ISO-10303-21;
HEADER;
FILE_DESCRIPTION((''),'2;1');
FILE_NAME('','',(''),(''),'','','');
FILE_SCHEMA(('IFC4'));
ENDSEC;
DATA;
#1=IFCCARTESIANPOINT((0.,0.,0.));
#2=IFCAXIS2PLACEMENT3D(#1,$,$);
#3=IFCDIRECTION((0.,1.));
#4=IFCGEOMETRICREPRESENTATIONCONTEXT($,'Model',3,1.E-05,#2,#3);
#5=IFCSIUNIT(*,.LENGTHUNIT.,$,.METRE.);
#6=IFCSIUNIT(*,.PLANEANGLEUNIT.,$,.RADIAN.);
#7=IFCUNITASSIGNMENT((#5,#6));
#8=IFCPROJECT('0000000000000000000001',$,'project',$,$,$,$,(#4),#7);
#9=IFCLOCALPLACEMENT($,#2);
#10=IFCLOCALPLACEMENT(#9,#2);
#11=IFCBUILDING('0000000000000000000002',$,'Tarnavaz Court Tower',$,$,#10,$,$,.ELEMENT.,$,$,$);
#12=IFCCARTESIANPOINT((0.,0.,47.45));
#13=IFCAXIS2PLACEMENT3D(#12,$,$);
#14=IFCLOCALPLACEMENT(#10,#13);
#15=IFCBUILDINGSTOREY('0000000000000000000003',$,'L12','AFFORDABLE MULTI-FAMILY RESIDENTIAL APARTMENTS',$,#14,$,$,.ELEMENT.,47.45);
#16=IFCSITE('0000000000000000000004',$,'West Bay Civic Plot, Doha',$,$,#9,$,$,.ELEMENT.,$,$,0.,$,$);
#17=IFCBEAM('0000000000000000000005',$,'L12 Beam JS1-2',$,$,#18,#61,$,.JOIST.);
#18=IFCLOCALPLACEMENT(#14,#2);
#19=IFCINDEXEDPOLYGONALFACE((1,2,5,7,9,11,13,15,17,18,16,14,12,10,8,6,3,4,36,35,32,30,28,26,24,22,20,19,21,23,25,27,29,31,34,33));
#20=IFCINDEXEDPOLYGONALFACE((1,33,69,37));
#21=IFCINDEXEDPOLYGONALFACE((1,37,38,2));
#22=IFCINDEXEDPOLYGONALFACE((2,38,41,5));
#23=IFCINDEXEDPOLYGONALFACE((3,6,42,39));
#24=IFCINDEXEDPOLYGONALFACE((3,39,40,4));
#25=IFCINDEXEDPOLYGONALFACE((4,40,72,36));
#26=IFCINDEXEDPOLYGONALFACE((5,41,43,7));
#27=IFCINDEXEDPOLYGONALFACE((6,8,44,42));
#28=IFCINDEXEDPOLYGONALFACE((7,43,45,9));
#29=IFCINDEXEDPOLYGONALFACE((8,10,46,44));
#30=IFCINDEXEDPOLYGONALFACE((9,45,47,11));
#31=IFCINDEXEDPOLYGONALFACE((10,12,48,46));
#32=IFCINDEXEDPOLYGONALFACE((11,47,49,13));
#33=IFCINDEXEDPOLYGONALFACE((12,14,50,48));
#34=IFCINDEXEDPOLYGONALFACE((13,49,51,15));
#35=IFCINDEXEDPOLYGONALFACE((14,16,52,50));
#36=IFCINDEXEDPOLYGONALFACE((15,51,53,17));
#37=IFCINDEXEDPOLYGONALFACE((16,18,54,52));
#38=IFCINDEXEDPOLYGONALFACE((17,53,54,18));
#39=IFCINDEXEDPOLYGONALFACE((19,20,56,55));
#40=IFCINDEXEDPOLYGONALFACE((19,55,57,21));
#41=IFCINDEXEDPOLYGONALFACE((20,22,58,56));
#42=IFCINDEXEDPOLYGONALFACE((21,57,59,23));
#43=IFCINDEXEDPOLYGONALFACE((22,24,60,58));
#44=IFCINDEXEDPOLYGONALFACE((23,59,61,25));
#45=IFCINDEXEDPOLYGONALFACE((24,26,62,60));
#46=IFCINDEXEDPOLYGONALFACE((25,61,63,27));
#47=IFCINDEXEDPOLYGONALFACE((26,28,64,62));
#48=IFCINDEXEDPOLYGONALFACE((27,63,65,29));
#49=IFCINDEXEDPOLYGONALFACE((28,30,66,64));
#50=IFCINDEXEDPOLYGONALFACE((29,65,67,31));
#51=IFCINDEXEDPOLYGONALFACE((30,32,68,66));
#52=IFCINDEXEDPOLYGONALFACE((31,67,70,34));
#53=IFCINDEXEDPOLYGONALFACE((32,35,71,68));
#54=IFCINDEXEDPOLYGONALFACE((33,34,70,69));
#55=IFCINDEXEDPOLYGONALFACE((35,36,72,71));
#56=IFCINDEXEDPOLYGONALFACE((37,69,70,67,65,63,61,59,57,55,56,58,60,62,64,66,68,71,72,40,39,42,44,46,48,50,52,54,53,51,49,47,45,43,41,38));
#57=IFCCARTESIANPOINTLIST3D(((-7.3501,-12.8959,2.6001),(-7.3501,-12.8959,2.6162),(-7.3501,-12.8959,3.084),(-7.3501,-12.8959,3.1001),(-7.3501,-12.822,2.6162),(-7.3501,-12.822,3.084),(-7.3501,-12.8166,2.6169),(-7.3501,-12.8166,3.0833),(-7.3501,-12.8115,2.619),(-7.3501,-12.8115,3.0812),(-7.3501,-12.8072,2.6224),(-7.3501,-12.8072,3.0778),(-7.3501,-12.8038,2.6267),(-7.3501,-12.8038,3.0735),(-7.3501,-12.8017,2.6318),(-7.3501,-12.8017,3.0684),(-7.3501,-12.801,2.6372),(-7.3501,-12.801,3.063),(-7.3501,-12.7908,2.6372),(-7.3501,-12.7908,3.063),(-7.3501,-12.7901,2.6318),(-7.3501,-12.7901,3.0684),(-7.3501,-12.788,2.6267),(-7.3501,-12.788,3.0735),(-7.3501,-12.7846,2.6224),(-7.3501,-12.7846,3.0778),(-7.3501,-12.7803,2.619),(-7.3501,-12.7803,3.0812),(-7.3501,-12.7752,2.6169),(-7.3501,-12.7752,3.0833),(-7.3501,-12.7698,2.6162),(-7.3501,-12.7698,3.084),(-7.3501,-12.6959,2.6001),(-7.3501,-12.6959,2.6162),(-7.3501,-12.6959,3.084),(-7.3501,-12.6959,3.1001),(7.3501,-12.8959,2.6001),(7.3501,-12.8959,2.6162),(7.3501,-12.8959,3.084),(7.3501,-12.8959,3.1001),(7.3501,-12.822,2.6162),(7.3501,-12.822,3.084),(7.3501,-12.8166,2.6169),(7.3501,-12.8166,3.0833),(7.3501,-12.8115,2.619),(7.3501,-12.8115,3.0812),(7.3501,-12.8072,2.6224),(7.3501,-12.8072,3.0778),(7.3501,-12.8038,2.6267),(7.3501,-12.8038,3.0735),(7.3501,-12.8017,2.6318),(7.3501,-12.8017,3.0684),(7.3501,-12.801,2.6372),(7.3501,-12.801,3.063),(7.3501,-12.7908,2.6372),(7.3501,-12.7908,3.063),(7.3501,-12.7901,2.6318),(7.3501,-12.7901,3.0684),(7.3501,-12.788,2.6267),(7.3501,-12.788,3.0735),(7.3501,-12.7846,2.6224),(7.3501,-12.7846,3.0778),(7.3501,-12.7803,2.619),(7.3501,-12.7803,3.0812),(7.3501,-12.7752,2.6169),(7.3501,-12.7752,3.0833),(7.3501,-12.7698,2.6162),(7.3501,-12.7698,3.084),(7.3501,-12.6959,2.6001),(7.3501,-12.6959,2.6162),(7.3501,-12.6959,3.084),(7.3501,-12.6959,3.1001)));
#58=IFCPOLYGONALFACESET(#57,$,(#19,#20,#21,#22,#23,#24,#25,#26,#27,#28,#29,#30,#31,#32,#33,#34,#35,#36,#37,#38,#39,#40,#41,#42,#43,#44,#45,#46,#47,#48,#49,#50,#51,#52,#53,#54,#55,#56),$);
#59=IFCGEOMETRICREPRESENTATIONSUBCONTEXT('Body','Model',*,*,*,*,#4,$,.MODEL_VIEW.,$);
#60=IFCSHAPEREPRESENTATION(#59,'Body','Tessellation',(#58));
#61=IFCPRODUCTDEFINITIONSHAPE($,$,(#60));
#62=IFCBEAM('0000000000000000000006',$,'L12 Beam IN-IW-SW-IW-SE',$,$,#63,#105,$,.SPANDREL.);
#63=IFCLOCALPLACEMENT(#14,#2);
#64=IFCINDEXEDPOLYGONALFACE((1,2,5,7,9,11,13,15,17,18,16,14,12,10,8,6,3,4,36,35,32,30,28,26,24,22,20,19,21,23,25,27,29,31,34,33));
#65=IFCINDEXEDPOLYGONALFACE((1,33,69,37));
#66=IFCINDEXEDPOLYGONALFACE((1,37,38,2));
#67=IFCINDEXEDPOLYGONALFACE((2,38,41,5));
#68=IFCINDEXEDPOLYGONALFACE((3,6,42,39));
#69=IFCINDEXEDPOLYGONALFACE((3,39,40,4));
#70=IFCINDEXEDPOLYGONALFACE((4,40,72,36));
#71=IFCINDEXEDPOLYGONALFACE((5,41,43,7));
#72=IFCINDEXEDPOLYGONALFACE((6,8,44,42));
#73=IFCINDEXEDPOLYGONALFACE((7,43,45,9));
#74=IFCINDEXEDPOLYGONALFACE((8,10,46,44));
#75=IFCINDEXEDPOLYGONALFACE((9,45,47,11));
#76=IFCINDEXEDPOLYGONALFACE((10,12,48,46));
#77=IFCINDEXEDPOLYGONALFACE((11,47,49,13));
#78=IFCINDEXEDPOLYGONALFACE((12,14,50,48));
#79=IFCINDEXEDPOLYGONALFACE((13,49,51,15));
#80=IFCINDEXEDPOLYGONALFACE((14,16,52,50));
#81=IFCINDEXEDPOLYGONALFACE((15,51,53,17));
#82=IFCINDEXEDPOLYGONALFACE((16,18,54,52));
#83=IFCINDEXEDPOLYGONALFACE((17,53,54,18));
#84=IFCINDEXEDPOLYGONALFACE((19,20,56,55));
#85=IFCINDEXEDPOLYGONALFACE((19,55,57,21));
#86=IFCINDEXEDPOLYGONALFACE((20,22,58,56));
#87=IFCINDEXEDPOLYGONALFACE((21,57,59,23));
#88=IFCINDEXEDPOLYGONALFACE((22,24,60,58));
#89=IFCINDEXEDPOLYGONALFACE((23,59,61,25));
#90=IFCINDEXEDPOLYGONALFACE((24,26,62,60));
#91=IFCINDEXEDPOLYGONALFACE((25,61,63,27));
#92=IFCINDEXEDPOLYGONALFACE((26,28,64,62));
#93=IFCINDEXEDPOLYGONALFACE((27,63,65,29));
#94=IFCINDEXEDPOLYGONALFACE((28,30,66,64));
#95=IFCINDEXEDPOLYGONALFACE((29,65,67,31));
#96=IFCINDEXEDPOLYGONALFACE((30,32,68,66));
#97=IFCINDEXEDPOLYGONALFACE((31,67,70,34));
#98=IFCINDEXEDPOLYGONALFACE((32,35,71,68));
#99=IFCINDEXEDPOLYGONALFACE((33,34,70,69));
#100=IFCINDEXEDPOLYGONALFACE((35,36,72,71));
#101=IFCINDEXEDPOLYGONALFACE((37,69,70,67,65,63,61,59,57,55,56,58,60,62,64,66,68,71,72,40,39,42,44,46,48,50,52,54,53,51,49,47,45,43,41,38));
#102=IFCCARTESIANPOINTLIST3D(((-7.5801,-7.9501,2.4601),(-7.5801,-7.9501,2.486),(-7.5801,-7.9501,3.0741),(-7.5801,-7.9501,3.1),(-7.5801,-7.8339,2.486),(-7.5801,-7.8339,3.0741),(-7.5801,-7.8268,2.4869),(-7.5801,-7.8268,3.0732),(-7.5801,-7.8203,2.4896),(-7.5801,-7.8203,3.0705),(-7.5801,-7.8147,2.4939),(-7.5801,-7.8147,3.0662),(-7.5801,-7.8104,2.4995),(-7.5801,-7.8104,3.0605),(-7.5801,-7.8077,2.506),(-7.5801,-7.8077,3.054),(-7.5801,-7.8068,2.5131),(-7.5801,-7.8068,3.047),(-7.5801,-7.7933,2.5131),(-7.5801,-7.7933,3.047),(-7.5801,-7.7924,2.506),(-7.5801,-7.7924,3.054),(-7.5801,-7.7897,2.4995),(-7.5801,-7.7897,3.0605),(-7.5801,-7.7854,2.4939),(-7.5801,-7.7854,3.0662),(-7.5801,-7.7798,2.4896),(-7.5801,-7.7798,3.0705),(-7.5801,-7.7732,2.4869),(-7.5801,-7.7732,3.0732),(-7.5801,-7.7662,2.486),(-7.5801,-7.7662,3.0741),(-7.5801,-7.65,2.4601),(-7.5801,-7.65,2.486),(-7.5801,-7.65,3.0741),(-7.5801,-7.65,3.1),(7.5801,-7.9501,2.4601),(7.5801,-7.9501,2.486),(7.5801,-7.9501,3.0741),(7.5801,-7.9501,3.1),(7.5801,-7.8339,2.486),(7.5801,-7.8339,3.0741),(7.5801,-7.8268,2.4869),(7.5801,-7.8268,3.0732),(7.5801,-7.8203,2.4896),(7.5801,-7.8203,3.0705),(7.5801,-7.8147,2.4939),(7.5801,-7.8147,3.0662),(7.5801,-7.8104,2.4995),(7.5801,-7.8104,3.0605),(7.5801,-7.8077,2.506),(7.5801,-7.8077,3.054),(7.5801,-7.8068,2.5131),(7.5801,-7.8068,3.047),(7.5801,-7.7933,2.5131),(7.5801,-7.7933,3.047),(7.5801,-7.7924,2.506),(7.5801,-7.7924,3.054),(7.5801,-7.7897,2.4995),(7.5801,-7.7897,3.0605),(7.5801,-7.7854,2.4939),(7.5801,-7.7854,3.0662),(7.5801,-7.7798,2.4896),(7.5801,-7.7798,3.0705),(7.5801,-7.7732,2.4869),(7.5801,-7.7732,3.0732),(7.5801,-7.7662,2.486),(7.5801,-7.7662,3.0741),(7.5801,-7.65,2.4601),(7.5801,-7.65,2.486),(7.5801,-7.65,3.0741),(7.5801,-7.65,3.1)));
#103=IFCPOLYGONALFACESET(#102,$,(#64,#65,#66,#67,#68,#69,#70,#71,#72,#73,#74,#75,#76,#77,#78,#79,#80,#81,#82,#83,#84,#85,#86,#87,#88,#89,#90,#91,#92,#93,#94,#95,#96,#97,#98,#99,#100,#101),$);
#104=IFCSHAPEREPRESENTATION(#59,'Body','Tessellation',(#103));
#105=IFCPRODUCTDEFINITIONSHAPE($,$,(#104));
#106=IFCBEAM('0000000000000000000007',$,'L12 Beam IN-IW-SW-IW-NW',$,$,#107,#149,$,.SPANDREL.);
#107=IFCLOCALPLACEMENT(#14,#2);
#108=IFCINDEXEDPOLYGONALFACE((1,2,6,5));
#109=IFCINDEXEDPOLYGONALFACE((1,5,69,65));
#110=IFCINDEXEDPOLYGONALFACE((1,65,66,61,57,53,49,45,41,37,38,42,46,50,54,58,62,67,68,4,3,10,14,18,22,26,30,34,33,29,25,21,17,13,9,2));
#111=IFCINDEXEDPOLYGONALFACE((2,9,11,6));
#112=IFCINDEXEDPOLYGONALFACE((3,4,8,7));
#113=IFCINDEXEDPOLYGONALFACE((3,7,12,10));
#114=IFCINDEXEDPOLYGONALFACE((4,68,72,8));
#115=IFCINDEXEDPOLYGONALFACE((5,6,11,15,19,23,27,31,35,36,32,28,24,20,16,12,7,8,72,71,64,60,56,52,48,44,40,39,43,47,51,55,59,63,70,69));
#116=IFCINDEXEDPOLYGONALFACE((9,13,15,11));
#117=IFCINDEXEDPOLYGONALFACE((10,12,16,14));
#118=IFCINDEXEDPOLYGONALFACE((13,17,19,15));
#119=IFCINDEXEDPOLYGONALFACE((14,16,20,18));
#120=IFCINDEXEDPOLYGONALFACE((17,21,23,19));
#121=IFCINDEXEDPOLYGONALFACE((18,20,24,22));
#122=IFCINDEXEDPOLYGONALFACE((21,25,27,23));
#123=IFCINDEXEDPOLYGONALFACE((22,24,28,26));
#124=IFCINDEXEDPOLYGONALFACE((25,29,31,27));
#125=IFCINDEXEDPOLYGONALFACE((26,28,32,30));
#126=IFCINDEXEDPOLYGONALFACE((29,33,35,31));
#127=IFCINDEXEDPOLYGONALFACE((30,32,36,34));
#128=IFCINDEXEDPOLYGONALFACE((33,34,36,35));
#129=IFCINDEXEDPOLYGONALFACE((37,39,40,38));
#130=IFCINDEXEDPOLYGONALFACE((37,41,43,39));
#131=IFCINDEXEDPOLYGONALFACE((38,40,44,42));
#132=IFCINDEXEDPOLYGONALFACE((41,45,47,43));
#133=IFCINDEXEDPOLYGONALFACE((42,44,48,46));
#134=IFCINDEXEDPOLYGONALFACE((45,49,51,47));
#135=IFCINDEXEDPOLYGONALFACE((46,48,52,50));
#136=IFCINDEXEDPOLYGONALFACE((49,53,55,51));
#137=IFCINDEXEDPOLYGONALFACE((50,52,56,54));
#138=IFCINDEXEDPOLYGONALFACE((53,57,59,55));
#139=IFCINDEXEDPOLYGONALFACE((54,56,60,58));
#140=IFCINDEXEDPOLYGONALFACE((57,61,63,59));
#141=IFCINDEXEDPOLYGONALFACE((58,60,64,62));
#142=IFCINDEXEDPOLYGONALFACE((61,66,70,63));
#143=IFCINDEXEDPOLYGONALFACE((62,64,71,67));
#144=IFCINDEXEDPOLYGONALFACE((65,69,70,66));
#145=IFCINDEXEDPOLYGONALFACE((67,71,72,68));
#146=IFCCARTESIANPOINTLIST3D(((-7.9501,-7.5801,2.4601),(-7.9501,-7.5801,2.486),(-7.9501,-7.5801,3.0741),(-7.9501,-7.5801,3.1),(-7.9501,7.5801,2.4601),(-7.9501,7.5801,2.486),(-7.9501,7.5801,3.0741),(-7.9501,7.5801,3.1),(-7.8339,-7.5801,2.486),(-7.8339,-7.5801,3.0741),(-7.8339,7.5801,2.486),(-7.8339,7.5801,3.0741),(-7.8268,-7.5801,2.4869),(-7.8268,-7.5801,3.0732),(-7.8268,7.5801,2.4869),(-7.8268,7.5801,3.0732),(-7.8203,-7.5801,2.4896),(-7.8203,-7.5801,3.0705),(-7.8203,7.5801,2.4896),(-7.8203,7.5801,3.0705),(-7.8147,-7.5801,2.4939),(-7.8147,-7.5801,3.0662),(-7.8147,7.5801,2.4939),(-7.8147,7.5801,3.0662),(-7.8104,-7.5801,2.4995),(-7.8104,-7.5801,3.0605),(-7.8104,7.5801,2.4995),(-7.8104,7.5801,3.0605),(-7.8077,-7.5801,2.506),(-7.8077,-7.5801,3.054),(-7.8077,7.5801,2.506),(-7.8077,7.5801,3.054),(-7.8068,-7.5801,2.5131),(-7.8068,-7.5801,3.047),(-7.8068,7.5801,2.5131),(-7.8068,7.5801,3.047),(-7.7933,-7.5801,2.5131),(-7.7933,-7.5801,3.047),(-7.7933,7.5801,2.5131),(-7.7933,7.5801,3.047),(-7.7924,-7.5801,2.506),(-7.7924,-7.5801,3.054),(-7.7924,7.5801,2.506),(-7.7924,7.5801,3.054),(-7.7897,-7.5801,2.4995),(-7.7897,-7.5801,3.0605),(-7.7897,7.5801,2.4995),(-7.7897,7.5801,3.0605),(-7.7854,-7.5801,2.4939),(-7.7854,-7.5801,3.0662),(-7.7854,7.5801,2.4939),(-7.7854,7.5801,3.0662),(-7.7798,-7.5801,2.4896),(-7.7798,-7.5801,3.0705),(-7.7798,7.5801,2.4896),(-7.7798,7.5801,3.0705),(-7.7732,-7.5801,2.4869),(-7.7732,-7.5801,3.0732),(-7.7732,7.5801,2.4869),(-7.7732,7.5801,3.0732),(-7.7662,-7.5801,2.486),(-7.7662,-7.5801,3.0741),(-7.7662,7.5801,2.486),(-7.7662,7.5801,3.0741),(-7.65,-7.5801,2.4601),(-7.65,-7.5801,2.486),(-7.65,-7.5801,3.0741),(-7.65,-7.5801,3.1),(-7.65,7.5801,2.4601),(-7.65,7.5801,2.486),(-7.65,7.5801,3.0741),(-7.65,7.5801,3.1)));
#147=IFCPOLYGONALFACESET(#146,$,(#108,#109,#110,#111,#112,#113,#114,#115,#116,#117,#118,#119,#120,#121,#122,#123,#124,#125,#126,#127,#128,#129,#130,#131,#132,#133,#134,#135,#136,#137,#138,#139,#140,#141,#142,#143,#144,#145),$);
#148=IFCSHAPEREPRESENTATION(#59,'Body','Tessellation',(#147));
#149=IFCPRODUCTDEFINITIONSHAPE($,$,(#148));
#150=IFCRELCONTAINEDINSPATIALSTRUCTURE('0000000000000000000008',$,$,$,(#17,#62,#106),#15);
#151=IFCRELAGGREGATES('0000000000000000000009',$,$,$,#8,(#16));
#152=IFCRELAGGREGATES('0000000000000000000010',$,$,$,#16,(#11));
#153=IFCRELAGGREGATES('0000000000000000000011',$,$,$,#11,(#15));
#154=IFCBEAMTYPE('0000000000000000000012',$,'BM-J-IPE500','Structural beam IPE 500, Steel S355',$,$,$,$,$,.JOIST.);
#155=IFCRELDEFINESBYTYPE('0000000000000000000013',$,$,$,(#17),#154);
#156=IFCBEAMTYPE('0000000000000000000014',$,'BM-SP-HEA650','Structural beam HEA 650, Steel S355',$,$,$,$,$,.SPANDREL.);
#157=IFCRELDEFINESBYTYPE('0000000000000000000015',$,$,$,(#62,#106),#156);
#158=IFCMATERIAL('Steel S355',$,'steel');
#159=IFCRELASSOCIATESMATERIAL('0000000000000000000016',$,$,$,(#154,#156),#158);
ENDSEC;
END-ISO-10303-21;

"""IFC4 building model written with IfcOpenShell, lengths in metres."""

from ifc_helpers import new_model, si_unit, direction, frame, origin, origin_2d, place, context, subcontext, project, spatial, i_section, extrude, material, material_profile, profile_set, type_object, element, save


model = new_model("IFC4")

# Units and contexts
model_context = context("Model", 3, precision=1e-05, world=origin(), true_north=direction((0.0, 1.0)))
body_context = subcontext(model_context, "Body", "Model", "MODEL_VIEW")
ifc_project = project(units=[si_unit("LENGTHUNIT", "METRE"), si_unit("PLANEANGLEUNIT", "RADIAN")], contexts=[model_context])

# Site, building, storey
site_placement = place(None, origin())
site = spatial("IfcSite", under=ifc_project, at=site_placement, Name="West Bay Civic Plot, Doha", CompositionType="ELEMENT", RefElevation=0.0)
building_placement = place(site_placement, origin())
building = spatial("IfcBuilding", under=site, at=building_placement, Name="Tarnavaz Court Tower", CompositionType="ELEMENT")
storey_placement = place(building_placement, frame((0.0, 0.0, 47.45)))
storey = spatial("IfcBuildingStorey", under=building, at=storey_placement, Name="L12", Description="AFFORDABLE MULTI-FAMILY RESIDENTIAL APARTMENTS", CompositionType="ELEMENT", Elevation=47.45)

# Beams
ifc_material_1 = material(Name="Steel S355", Category="steel")
ifc_material_profile_1 = material_profile(ifc_material_1, i_section(OverallWidth=0.2, OverallDepth=0.5, WebThickness=0.0103, FlangeThickness=0.0161, FilletRadius=0.021, at=origin_2d()), Name="IPE 500")
ifc_profile_set_1 = profile_set([ifc_material_profile_1], Name="Steel S355")
beam_type_1 = type_object("IfcBeamType", Name="BM-J-IPE500", Description="Structural beam IPE 500, Steel S355", PredefinedType="JOIST", material=ifc_profile_set_1)
beam_1_placement = place(storey_placement, frame((-7.3501, -12.7959, 2.8501), z_axis=(1.0, 0.0, 0.0), x_axis=(0.0, 1.0, 0.0)))
element("IfcBeam", 1, at=beam_1_placement, inside=storey, type_object=beam_type_1, Name="L12 Beam JS1-2", PredefinedType="JOIST", context=body_context, shape_type="SweptSolid", body=[
    extrude(i_section(OverallWidth=0.2, OverallDepth=0.5, WebThickness=0.0103, FlangeThickness=0.0161, FilletRadius=0.021, at=origin_2d()), origin(), (0.0, 0.0, 1.0), 14.7002),
])
ifc_material_profile_2 = material_profile(ifc_material_1, i_section(OverallWidth=0.3, OverallDepth=0.6399, WebThickness=0.0134, FlangeThickness=0.0259, FilletRadius=0.0271, at=origin_2d()), Name="HEA 650")
ifc_profile_set_2 = profile_set([ifc_material_profile_2], Name="Steel S355")
beam_type_2 = type_object("IfcBeamType", Name="BM-SP-HEA650", Description="Structural beam HEA 650, Steel S355", PredefinedType="SPANDREL", material=ifc_profile_set_2)
for number, where, z_axis, x_axis, name in (
    (2, (-7.5801, -7.8, 2.78), (1.0, 0.0, 0.0), (0.0, 1.0, 0.0), "L12 Beam IN-IW-SW-IW-SE"),
    (3, (-7.8, -7.5801, 2.78), (0.0, 1.0, 0.0), (-1.0, 0.0, 0.0), "L12 Beam IN-IW-SW-IW-NW"),
):
    element("IfcBeam", number, at=place(storey_placement, frame(where, z_axis=z_axis, x_axis=x_axis)), inside=storey, type_object=beam_type_2, Name=name, PredefinedType="SPANDREL", context=body_context, shape_type="SweptSolid", body=[
        extrude(i_section(OverallWidth=0.3, OverallDepth=0.6399, WebThickness=0.0134, FlangeThickness=0.0259, FilletRadius=0.0271, at=origin_2d()), origin(), (0.0, 0.0, 1.0), 15.1602),
    ])

save(model, "model.ifc")
